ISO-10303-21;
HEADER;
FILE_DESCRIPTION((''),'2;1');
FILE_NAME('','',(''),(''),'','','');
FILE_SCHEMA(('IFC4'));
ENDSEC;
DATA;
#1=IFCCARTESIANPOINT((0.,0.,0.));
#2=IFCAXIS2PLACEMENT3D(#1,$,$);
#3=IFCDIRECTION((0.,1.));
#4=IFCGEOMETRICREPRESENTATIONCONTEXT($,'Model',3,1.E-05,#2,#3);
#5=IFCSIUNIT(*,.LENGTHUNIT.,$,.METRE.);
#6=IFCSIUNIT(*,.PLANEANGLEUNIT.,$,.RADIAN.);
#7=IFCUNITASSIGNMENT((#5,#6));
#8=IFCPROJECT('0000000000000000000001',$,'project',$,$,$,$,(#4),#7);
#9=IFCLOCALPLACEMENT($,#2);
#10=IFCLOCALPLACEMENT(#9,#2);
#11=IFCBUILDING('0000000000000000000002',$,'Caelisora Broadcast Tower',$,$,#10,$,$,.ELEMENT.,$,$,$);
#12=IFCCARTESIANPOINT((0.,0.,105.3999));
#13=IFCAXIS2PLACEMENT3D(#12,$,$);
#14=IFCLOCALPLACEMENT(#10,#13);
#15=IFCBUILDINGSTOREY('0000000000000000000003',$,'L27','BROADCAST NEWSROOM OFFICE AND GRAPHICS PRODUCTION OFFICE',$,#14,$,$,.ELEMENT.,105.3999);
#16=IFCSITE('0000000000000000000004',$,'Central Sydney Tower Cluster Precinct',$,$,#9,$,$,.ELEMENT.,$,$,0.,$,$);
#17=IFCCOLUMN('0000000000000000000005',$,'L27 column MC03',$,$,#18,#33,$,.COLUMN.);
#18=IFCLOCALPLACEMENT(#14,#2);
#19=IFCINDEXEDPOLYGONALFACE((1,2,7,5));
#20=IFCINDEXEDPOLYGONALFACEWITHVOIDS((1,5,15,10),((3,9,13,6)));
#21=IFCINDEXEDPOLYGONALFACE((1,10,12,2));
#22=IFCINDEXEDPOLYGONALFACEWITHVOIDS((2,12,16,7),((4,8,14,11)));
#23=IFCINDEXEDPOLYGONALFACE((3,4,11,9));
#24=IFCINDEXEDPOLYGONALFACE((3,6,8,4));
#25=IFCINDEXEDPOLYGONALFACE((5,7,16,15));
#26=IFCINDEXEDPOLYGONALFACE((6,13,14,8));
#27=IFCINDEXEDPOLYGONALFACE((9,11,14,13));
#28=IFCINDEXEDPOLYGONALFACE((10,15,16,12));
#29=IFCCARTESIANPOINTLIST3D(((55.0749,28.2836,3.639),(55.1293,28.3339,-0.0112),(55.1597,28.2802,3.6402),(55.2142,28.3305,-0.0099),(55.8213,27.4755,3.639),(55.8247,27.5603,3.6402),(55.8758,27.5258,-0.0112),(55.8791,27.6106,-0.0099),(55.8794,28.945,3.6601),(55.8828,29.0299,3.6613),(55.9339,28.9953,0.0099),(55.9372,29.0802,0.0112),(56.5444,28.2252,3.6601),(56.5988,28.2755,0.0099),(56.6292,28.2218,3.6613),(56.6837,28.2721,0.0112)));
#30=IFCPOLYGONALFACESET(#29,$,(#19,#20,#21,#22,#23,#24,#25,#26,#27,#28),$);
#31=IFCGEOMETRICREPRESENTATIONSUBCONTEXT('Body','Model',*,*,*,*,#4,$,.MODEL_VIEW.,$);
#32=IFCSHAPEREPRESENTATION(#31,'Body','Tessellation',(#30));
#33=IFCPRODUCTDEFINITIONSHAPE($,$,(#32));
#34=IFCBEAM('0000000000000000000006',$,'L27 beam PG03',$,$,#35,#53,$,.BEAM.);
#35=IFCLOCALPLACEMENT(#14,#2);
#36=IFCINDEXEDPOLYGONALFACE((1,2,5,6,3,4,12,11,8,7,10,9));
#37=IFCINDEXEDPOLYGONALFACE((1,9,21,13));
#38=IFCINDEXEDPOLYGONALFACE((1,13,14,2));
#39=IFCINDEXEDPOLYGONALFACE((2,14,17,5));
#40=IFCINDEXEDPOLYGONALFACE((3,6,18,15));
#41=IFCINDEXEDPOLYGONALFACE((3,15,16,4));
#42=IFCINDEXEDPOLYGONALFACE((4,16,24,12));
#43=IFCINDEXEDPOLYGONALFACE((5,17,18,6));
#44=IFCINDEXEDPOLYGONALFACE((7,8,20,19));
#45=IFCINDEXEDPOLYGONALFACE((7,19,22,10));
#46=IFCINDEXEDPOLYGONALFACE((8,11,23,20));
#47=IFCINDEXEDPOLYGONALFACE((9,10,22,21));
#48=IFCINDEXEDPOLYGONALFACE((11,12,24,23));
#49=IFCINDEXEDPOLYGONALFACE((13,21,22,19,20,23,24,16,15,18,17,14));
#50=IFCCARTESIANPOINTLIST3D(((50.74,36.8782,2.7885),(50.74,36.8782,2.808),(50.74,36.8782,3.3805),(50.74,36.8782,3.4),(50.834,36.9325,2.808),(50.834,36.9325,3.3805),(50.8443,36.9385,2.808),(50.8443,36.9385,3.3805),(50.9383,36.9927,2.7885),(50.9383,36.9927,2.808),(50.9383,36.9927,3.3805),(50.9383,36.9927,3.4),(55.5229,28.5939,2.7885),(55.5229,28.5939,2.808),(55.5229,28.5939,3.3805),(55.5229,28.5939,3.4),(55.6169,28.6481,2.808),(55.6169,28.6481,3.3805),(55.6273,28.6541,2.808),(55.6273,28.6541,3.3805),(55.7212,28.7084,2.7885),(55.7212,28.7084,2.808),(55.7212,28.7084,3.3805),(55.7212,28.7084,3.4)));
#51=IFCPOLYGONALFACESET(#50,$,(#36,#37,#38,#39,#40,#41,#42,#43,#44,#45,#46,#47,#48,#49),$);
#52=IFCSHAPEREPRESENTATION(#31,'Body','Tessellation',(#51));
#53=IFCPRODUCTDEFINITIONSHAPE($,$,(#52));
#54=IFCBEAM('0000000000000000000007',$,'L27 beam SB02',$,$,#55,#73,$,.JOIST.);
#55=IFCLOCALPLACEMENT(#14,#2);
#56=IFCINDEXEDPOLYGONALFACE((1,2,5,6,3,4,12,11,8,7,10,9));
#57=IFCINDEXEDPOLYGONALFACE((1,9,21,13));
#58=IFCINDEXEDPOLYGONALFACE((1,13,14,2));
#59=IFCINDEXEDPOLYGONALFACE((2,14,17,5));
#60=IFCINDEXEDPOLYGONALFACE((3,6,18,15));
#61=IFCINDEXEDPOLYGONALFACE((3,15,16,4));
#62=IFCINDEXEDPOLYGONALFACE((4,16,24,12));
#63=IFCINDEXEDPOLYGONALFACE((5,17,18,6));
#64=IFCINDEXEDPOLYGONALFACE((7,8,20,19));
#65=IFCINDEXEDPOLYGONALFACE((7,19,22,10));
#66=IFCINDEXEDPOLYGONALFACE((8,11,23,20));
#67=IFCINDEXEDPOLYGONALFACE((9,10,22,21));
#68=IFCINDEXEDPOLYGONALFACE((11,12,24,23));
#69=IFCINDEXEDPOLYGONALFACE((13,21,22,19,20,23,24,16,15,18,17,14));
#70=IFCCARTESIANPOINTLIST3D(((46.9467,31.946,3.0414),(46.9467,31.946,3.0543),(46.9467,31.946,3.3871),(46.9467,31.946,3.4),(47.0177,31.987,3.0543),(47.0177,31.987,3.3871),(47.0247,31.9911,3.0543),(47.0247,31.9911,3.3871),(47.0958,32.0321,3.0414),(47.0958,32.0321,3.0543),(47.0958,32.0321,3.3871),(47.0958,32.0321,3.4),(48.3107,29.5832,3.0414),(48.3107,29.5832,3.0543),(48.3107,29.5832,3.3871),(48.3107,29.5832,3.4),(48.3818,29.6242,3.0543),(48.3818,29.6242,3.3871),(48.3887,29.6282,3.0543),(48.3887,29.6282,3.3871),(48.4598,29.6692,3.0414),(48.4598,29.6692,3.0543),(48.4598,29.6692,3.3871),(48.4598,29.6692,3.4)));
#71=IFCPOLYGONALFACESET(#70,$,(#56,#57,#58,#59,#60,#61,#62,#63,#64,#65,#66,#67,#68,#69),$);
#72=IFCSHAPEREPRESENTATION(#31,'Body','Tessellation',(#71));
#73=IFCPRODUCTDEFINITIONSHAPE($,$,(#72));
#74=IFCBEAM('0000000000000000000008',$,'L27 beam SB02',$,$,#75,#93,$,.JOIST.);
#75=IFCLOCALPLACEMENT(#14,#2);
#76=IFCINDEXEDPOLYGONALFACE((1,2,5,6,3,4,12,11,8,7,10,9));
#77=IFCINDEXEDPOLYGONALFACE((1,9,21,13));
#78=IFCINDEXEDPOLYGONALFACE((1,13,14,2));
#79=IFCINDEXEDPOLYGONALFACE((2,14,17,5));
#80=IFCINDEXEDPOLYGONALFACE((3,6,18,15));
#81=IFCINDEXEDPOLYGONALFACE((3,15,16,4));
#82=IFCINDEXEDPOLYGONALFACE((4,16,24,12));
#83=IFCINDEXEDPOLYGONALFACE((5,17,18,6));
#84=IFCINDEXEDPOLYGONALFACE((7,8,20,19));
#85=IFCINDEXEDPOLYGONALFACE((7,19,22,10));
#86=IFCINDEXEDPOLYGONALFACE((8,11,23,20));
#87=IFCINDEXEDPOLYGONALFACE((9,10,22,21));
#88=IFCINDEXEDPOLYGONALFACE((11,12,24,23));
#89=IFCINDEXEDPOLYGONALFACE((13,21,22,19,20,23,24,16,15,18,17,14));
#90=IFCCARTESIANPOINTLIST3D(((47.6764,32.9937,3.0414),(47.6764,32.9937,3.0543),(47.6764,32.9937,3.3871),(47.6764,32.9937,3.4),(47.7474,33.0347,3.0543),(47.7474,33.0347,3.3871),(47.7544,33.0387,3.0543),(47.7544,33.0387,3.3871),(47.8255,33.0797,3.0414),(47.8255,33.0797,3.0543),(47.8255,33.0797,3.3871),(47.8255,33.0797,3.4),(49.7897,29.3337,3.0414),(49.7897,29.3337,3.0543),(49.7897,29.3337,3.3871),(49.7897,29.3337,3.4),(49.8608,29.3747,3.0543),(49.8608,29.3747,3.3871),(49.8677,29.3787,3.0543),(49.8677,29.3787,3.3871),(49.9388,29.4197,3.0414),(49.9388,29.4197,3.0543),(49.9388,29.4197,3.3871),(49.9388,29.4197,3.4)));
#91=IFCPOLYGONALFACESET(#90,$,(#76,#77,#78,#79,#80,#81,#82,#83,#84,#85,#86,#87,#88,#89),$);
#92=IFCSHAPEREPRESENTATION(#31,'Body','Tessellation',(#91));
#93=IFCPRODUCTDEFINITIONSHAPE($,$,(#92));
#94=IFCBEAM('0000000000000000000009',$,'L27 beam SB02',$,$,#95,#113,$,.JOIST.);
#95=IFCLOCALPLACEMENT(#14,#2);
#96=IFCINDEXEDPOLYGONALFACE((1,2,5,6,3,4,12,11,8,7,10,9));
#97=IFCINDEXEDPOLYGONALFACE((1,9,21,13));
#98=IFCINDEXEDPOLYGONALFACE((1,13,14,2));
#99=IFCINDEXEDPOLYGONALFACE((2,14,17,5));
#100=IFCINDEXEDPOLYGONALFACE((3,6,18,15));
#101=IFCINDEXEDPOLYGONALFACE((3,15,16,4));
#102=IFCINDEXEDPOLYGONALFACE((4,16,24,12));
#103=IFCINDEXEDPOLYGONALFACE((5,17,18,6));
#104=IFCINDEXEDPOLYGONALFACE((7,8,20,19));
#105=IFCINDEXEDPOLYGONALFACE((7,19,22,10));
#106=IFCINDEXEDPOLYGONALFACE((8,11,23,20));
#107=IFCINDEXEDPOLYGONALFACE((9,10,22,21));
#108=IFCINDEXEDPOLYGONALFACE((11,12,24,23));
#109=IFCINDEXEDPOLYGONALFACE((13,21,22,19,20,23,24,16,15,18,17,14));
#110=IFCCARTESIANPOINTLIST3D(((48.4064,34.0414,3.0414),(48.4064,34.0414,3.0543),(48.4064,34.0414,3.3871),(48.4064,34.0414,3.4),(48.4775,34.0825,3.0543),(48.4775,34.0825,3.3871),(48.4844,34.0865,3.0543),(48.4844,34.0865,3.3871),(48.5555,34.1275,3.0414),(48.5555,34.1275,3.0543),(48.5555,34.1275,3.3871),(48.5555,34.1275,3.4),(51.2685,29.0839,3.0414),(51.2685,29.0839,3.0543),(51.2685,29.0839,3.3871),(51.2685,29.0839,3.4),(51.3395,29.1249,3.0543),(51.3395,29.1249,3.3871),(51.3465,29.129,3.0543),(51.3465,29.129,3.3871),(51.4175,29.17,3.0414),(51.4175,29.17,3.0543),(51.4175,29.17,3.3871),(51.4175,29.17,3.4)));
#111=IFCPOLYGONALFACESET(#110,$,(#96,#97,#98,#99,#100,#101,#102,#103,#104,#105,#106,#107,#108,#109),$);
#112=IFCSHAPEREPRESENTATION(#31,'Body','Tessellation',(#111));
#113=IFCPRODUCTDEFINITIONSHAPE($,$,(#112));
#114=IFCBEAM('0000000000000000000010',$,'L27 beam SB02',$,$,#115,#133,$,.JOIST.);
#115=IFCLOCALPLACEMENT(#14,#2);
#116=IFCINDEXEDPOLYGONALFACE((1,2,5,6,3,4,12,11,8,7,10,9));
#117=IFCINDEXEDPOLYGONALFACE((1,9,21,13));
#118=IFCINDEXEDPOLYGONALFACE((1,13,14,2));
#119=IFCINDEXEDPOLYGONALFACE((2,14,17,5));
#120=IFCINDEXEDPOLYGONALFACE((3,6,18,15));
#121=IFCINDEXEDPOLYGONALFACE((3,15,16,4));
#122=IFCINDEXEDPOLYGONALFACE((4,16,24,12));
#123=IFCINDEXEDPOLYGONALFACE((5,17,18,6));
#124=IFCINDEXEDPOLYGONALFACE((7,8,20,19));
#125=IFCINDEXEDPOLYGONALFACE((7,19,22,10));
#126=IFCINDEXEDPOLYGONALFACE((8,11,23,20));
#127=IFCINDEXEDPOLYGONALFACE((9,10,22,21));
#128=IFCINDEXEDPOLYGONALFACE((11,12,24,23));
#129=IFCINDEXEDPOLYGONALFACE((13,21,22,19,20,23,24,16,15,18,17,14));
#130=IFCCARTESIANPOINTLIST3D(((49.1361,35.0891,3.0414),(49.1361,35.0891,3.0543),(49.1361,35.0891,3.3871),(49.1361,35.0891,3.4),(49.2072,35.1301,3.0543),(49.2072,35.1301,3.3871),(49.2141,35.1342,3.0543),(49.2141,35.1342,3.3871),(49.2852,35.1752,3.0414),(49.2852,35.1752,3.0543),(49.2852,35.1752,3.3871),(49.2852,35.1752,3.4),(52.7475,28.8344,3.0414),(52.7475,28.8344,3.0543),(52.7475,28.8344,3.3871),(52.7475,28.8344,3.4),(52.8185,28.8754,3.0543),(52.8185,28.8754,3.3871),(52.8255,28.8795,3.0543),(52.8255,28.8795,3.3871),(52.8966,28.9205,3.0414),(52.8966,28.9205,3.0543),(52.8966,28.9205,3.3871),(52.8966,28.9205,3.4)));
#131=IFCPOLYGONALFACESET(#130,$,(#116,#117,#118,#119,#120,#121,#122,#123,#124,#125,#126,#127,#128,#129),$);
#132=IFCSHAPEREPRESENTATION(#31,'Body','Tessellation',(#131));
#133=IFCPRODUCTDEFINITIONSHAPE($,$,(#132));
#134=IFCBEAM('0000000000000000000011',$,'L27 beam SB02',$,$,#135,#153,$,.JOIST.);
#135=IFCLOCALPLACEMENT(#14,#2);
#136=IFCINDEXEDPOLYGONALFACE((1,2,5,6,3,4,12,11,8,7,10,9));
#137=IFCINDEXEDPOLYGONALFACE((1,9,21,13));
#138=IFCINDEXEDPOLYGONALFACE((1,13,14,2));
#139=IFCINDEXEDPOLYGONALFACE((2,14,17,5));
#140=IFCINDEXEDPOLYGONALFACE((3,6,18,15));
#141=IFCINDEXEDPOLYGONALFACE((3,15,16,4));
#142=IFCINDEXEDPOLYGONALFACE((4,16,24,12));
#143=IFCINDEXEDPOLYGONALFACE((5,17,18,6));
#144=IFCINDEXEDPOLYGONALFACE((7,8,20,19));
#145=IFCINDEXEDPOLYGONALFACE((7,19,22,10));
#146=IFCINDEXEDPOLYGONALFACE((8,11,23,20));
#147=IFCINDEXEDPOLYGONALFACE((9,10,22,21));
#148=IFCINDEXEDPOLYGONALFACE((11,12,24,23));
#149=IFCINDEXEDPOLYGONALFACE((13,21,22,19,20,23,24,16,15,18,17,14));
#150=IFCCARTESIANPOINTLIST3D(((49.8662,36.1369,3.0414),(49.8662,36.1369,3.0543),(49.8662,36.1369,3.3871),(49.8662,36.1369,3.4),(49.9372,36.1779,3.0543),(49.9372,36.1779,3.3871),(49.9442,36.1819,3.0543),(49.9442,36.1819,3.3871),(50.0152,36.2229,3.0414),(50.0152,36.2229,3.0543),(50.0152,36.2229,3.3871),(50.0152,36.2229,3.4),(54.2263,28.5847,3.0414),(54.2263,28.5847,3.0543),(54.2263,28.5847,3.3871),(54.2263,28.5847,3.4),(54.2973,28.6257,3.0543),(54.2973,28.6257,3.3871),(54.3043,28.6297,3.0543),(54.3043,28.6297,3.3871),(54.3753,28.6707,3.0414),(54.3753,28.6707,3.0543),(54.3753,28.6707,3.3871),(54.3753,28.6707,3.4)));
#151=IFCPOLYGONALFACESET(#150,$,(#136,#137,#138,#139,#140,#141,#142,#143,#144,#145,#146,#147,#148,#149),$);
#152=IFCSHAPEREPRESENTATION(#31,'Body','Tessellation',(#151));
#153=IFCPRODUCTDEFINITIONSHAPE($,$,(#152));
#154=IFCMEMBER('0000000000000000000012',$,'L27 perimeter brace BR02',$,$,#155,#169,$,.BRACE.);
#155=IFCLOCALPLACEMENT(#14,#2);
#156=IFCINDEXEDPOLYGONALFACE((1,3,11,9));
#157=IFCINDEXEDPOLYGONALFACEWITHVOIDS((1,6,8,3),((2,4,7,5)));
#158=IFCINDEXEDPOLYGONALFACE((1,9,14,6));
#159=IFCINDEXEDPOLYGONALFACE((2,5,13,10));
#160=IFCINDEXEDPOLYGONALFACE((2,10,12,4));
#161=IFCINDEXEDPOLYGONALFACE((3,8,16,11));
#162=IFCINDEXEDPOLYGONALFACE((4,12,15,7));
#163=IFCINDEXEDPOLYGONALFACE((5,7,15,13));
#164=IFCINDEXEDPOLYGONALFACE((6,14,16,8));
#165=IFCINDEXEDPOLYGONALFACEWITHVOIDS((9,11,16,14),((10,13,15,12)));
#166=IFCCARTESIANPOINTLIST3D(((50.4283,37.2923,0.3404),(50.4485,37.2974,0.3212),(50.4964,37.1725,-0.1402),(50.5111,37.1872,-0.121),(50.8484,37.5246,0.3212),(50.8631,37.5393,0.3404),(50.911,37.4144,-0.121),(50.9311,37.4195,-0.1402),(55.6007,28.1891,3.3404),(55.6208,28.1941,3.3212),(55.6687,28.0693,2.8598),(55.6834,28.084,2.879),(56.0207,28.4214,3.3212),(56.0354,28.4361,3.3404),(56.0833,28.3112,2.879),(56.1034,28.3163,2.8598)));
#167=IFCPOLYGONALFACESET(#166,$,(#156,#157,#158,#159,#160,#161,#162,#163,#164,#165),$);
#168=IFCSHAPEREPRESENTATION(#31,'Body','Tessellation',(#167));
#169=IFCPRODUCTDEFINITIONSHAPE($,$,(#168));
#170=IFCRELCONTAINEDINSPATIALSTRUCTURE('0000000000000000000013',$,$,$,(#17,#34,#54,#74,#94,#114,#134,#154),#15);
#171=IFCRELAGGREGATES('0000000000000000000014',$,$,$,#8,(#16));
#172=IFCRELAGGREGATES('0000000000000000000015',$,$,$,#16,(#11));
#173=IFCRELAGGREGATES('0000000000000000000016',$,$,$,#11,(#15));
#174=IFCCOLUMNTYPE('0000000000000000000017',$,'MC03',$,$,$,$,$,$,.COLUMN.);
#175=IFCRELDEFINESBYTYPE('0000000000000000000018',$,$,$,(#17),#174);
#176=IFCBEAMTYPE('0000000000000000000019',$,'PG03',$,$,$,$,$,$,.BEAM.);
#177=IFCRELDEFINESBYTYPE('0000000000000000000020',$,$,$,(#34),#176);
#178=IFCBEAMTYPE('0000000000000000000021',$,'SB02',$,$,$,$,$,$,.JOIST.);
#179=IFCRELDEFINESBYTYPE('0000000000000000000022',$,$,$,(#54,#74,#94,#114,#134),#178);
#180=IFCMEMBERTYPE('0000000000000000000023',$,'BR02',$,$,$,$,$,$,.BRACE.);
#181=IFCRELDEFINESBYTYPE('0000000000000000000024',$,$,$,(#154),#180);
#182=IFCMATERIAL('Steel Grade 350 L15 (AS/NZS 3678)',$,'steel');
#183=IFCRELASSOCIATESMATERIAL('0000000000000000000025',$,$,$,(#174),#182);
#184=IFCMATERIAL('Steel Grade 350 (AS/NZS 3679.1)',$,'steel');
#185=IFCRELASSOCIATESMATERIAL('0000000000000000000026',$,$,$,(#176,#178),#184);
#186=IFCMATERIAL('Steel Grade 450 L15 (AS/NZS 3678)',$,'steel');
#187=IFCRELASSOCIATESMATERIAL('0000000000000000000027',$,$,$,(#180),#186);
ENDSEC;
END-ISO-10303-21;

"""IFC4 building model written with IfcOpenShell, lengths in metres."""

from ifc_helpers import new_model, si_unit, direction, frame, origin, origin_2d, place, context, subcontext, project, spatial, hollow_rectangle, i_section, extrude, source, transform, mapped, material, material_profile, profile_set, type_object, type_shapes, element, save


model = new_model("IFC4")

# Units and contexts
model_context = context("Model", 3, precision=1e-05, world=origin(), true_north=direction((0.0, 1.0)))
body_context = subcontext(model_context, "Body", "Model", "MODEL_VIEW")
ifc_project = project(units=[si_unit("LENGTHUNIT", "METRE"), si_unit("PLANEANGLEUNIT", "RADIAN")], contexts=[model_context])

# Site, building, storey
site_placement = place(None, origin())
site = spatial("IfcSite", under=ifc_project, at=site_placement, Name="Central Sydney Tower Cluster Precinct", CompositionType="ELEMENT", RefElevation=0.0)
building_placement = place(site_placement, origin())
building = spatial("IfcBuilding", under=site, at=building_placement, Name="Caelisora Broadcast Tower", CompositionType="ELEMENT")
storey_placement = place(building_placement, frame((0.0, 0.0, 105.3999)))
storey = spatial("IfcBuildingStorey", under=building, at=storey_placement, Name="L27", Description="BROADCAST NEWSROOM OFFICE AND GRAPHICS PRODUCTION OFFICE", CompositionType="ELEMENT", Elevation=105.3999)

# Column
ifc_material_1 = material(Name="Steel Grade 350 L15 (AS/NZS 3678)", Category="steel")
ifc_material_profile_1 = material_profile(ifc_material_1, hollow_rectangle(XDim=1.1001, YDim=1.1001, WallThickness=0.0601, at=origin_2d()), Name="Steel Grade 350 L15 (AS/NZS 3678)")
ifc_profile_set_1 = profile_set([ifc_material_profile_1], Name="Steel Grade 350 L15 (AS/NZS 3678)")
column_type = type_object("IfcColumnType", Name="MC03", PredefinedType="COLUMN", material=ifc_profile_set_1)
shared_shape_1 = source(origin(), body_context, "Body", "SweptSolid", [
    extrude(hollow_rectangle(XDim=1.1001, YDim=1.1001, WallThickness=0.0601, at=origin_2d()), origin(), (0.0, 0.0, 1.0), 3.6509),
])
type_shapes(column_type, [shared_shape_1])
column_placement = place(storey_placement, frame((55.9065, 28.303, 0.0), z_axis=(-0.014912, -0.013776, 0.999794), x_axis=(0.678554, -0.734551, 0.0)))
element("IfcColumn", 1, at=column_placement, inside=storey, type_object=column_type, Name="L27 column MC03", PredefinedType="COLUMN", context=body_context, shape_type="MappedRepresentation", body=[
    mapped(shared_shape_1, transform((0.0, 0.0, 0.0), scale=1.0)),
])

# Beams
ifc_material_2 = material(Name="Steel Grade 350 (AS/NZS 3679.1)", Category="steel")
ifc_material_profile_2 = material_profile(ifc_material_2, i_section(OverallWidth=0.229, OverallDepth=0.6116, WebThickness=0.012, FlangeThickness=0.0195, at=origin_2d()), Name="Steel Grade 350 (AS/NZS 3679.1)")
ifc_profile_set_2 = profile_set([ifc_material_profile_2], Name="Steel Grade 350 (AS/NZS 3679.1)")
beam_type_1 = type_object("IfcBeamType", Name="PG03", PredefinedType="BEAM", material=ifc_profile_set_2)
shared_shape_2 = source(origin(), body_context, "Body", "SweptSolid", [
    extrude(i_section(OverallWidth=0.229, OverallDepth=0.6116, WebThickness=0.012, FlangeThickness=0.0195, at=origin_2d()), origin(), (0.0, 0.0, 1.0), 9.5659),
])
type_shapes(beam_type_1, [shared_shape_2])
beam_1_placement = place(storey_placement, frame((55.6221, 28.6511, 3.0942), z_axis=(-0.499996, 0.866028, 0.0), x_axis=(-0.866028, -0.499996, 0.0)))
element("IfcBeam", 2, at=beam_1_placement, inside=storey, type_object=beam_type_1, Name="L27 beam PG03", PredefinedType="BEAM", context=body_context, shape_type="MappedRepresentation", body=[
    mapped(shared_shape_2, transform((0.0, 0.0, 0.0), scale=1.0)),
])
ifc_material_profile_3 = material_profile(ifc_material_2, i_section(OverallWidth=0.1721, OverallDepth=0.3586, WebThickness=0.0081, FlangeThickness=0.0129, at=origin_2d()), Name="Steel Grade 350 (AS/NZS 3679.1)")
ifc_profile_set_3 = profile_set([ifc_material_profile_3], Name="Steel Grade 350 (AS/NZS 3679.1)")
beam_type_2 = type_object("IfcBeamType", Name="SB02", PredefinedType="JOIST", material=ifc_profile_set_3)
shared_shape_3 = source(origin(), body_context, "Body", "SweptSolid", [
    extrude(i_section(OverallWidth=0.1721, OverallDepth=0.3586, WebThickness=0.0081, FlangeThickness=0.0129, at=origin_2d()), origin(), (0.0, 0.0, 1.0), 2.7283),
])
beam_2_placement = place(storey_placement, frame((48.3853, 29.6262, 3.2207), z_axis=(-0.49996, 0.866048, 0.0), x_axis=(-0.866048, -0.49996, 0.0)))
element("IfcBeam", 3, at=beam_2_placement, inside=storey, type_object=beam_type_2, Name="L27 beam SB02", PredefinedType="JOIST", context=body_context, shape_type="MappedRepresentation", body=[
    mapped(shared_shape_3, transform((0.0, 0.0, 0.0), scale=1.0)),
])
shared_shape_4 = source(origin(), body_context, "Body", "SweptSolid", [
    extrude(i_section(OverallWidth=0.1721, OverallDepth=0.3586, WebThickness=0.0081, FlangeThickness=0.0129, at=origin_2d()), origin(), (0.0, 0.0, 1.0), 4.2263),
])
beam_3_placement = place(storey_placement, frame((49.8643, 29.3767, 3.2207), z_axis=(-0.500041, 0.866002, 0.0), x_axis=(-0.866002, -0.500041, 0.0)))
element("IfcBeam", 4, at=beam_3_placement, inside=storey, type_object=beam_type_2, Name="L27 beam SB02", PredefinedType="JOIST", context=body_context, shape_type="MappedRepresentation", body=[
    mapped(shared_shape_4, transform((0.0, 0.0, 0.0), scale=1.0)),
])
shared_shape_5 = source(origin(), body_context, "Body", "SweptSolid", [
    extrude(i_section(OverallWidth=0.1721, OverallDepth=0.3586, WebThickness=0.0081, FlangeThickness=0.0129, at=origin_2d()), origin(), (0.0, 0.0, 1.0), 5.7244),
])
beam_4_placement = place(storey_placement, frame((51.343, 29.127, 3.2207), z_axis=(-0.499978, 0.866038, 0.0), x_axis=(-0.866038, -0.499978, 0.0)))
element("IfcBeam", 5, at=beam_4_placement, inside=storey, type_object=beam_type_2, Name="L27 beam SB02", PredefinedType="JOIST", context=body_context, shape_type="MappedRepresentation", body=[
    mapped(shared_shape_5, transform((0.0, 0.0, 0.0), scale=1.0)),
])
shared_shape_6 = source(origin(), body_context, "Body", "SweptSolid", [
    extrude(i_section(OverallWidth=0.1721, OverallDepth=0.3586, WebThickness=0.0081, FlangeThickness=0.0129, at=origin_2d()), origin(), (0.0, 0.0, 1.0), 7.2224),
])
beam_5_placement = place(storey_placement, frame((52.822, 28.8774, 3.2207), z_axis=(-0.500022, 0.866013, 0.0), x_axis=(-0.866013, -0.500022, 0.0)))
element("IfcBeam", 6, at=beam_5_placement, inside=storey, type_object=beam_type_2, Name="L27 beam SB02", PredefinedType="JOIST", context=body_context, shape_type="MappedRepresentation", body=[
    mapped(shared_shape_6, transform((0.0, 0.0, 0.0), scale=1.0)),
])
shared_shape_7 = source(origin(), body_context, "Body", "SweptSolid", [
    extrude(i_section(OverallWidth=0.1721, OverallDepth=0.3586, WebThickness=0.0081, FlangeThickness=0.0129, at=origin_2d()), origin(), (0.0, 0.0, 1.0), 8.7205),
])
type_shapes(beam_type_2, [shared_shape_3, shared_shape_4, shared_shape_5, shared_shape_6, shared_shape_7])
beam_6_placement = place(storey_placement, frame((54.3008, 28.6277, 3.2207), z_axis=(-0.499984, 0.866035, 0.0), x_axis=(-0.866035, -0.499984, 0.0)))
element("IfcBeam", 7, at=beam_6_placement, inside=storey, type_object=beam_type_2, Name="L27 beam SB02", PredefinedType="JOIST", context=body_context, shape_type="MappedRepresentation", body=[
    mapped(shared_shape_7, transform((0.0, 0.0, 0.0), scale=1.0)),
])

# Member
ifc_material_3 = material(Name="Steel Grade 450 L15 (AS/NZS 3678)", Category="steel")
ifc_material_profile_4 = material_profile(ifc_material_3, hollow_rectangle(XDim=0.5, YDim=0.5, WallThickness=0.02, at=origin_2d()), Name="Steel Grade 450 L15 (AS/NZS 3678)")
ifc_profile_set_4 = profile_set([ifc_material_profile_4], Name="Steel Grade 450 L15 (AS/NZS 3678)")
member_type_1 = type_object("IfcMemberType", Name="BR02", PredefinedType="BRACE", material=ifc_profile_set_4)
shared_shape_8 = source(origin(), body_context, "Body", "SweptSolid", [
    extrude(hollow_rectangle(XDim=0.5, YDim=0.5, WallThickness=0.02, at=origin_2d()), origin(), (0.0, 0.0, 1.0), 10.8914),
])
type_shapes(member_type_1, [shared_shape_8])
member_1_placement = place(storey_placement, frame((55.8521, 28.2527, 3.1001), z_axis=(-0.474903, 0.835821, -0.275446), x_axis=(-0.869455, -0.494013, 0.0)))
element("IfcMember", 8, at=member_1_placement, inside=storey, type_object=member_type_1, Name="L27 perimeter brace BR02", PredefinedType="BRACE", context=body_context, shape_type="MappedRepresentation", body=[
    mapped(shared_shape_8, transform((0.0, 0.0, 0.0), scale=1.0)),
])

save(model, "model.ifc")
